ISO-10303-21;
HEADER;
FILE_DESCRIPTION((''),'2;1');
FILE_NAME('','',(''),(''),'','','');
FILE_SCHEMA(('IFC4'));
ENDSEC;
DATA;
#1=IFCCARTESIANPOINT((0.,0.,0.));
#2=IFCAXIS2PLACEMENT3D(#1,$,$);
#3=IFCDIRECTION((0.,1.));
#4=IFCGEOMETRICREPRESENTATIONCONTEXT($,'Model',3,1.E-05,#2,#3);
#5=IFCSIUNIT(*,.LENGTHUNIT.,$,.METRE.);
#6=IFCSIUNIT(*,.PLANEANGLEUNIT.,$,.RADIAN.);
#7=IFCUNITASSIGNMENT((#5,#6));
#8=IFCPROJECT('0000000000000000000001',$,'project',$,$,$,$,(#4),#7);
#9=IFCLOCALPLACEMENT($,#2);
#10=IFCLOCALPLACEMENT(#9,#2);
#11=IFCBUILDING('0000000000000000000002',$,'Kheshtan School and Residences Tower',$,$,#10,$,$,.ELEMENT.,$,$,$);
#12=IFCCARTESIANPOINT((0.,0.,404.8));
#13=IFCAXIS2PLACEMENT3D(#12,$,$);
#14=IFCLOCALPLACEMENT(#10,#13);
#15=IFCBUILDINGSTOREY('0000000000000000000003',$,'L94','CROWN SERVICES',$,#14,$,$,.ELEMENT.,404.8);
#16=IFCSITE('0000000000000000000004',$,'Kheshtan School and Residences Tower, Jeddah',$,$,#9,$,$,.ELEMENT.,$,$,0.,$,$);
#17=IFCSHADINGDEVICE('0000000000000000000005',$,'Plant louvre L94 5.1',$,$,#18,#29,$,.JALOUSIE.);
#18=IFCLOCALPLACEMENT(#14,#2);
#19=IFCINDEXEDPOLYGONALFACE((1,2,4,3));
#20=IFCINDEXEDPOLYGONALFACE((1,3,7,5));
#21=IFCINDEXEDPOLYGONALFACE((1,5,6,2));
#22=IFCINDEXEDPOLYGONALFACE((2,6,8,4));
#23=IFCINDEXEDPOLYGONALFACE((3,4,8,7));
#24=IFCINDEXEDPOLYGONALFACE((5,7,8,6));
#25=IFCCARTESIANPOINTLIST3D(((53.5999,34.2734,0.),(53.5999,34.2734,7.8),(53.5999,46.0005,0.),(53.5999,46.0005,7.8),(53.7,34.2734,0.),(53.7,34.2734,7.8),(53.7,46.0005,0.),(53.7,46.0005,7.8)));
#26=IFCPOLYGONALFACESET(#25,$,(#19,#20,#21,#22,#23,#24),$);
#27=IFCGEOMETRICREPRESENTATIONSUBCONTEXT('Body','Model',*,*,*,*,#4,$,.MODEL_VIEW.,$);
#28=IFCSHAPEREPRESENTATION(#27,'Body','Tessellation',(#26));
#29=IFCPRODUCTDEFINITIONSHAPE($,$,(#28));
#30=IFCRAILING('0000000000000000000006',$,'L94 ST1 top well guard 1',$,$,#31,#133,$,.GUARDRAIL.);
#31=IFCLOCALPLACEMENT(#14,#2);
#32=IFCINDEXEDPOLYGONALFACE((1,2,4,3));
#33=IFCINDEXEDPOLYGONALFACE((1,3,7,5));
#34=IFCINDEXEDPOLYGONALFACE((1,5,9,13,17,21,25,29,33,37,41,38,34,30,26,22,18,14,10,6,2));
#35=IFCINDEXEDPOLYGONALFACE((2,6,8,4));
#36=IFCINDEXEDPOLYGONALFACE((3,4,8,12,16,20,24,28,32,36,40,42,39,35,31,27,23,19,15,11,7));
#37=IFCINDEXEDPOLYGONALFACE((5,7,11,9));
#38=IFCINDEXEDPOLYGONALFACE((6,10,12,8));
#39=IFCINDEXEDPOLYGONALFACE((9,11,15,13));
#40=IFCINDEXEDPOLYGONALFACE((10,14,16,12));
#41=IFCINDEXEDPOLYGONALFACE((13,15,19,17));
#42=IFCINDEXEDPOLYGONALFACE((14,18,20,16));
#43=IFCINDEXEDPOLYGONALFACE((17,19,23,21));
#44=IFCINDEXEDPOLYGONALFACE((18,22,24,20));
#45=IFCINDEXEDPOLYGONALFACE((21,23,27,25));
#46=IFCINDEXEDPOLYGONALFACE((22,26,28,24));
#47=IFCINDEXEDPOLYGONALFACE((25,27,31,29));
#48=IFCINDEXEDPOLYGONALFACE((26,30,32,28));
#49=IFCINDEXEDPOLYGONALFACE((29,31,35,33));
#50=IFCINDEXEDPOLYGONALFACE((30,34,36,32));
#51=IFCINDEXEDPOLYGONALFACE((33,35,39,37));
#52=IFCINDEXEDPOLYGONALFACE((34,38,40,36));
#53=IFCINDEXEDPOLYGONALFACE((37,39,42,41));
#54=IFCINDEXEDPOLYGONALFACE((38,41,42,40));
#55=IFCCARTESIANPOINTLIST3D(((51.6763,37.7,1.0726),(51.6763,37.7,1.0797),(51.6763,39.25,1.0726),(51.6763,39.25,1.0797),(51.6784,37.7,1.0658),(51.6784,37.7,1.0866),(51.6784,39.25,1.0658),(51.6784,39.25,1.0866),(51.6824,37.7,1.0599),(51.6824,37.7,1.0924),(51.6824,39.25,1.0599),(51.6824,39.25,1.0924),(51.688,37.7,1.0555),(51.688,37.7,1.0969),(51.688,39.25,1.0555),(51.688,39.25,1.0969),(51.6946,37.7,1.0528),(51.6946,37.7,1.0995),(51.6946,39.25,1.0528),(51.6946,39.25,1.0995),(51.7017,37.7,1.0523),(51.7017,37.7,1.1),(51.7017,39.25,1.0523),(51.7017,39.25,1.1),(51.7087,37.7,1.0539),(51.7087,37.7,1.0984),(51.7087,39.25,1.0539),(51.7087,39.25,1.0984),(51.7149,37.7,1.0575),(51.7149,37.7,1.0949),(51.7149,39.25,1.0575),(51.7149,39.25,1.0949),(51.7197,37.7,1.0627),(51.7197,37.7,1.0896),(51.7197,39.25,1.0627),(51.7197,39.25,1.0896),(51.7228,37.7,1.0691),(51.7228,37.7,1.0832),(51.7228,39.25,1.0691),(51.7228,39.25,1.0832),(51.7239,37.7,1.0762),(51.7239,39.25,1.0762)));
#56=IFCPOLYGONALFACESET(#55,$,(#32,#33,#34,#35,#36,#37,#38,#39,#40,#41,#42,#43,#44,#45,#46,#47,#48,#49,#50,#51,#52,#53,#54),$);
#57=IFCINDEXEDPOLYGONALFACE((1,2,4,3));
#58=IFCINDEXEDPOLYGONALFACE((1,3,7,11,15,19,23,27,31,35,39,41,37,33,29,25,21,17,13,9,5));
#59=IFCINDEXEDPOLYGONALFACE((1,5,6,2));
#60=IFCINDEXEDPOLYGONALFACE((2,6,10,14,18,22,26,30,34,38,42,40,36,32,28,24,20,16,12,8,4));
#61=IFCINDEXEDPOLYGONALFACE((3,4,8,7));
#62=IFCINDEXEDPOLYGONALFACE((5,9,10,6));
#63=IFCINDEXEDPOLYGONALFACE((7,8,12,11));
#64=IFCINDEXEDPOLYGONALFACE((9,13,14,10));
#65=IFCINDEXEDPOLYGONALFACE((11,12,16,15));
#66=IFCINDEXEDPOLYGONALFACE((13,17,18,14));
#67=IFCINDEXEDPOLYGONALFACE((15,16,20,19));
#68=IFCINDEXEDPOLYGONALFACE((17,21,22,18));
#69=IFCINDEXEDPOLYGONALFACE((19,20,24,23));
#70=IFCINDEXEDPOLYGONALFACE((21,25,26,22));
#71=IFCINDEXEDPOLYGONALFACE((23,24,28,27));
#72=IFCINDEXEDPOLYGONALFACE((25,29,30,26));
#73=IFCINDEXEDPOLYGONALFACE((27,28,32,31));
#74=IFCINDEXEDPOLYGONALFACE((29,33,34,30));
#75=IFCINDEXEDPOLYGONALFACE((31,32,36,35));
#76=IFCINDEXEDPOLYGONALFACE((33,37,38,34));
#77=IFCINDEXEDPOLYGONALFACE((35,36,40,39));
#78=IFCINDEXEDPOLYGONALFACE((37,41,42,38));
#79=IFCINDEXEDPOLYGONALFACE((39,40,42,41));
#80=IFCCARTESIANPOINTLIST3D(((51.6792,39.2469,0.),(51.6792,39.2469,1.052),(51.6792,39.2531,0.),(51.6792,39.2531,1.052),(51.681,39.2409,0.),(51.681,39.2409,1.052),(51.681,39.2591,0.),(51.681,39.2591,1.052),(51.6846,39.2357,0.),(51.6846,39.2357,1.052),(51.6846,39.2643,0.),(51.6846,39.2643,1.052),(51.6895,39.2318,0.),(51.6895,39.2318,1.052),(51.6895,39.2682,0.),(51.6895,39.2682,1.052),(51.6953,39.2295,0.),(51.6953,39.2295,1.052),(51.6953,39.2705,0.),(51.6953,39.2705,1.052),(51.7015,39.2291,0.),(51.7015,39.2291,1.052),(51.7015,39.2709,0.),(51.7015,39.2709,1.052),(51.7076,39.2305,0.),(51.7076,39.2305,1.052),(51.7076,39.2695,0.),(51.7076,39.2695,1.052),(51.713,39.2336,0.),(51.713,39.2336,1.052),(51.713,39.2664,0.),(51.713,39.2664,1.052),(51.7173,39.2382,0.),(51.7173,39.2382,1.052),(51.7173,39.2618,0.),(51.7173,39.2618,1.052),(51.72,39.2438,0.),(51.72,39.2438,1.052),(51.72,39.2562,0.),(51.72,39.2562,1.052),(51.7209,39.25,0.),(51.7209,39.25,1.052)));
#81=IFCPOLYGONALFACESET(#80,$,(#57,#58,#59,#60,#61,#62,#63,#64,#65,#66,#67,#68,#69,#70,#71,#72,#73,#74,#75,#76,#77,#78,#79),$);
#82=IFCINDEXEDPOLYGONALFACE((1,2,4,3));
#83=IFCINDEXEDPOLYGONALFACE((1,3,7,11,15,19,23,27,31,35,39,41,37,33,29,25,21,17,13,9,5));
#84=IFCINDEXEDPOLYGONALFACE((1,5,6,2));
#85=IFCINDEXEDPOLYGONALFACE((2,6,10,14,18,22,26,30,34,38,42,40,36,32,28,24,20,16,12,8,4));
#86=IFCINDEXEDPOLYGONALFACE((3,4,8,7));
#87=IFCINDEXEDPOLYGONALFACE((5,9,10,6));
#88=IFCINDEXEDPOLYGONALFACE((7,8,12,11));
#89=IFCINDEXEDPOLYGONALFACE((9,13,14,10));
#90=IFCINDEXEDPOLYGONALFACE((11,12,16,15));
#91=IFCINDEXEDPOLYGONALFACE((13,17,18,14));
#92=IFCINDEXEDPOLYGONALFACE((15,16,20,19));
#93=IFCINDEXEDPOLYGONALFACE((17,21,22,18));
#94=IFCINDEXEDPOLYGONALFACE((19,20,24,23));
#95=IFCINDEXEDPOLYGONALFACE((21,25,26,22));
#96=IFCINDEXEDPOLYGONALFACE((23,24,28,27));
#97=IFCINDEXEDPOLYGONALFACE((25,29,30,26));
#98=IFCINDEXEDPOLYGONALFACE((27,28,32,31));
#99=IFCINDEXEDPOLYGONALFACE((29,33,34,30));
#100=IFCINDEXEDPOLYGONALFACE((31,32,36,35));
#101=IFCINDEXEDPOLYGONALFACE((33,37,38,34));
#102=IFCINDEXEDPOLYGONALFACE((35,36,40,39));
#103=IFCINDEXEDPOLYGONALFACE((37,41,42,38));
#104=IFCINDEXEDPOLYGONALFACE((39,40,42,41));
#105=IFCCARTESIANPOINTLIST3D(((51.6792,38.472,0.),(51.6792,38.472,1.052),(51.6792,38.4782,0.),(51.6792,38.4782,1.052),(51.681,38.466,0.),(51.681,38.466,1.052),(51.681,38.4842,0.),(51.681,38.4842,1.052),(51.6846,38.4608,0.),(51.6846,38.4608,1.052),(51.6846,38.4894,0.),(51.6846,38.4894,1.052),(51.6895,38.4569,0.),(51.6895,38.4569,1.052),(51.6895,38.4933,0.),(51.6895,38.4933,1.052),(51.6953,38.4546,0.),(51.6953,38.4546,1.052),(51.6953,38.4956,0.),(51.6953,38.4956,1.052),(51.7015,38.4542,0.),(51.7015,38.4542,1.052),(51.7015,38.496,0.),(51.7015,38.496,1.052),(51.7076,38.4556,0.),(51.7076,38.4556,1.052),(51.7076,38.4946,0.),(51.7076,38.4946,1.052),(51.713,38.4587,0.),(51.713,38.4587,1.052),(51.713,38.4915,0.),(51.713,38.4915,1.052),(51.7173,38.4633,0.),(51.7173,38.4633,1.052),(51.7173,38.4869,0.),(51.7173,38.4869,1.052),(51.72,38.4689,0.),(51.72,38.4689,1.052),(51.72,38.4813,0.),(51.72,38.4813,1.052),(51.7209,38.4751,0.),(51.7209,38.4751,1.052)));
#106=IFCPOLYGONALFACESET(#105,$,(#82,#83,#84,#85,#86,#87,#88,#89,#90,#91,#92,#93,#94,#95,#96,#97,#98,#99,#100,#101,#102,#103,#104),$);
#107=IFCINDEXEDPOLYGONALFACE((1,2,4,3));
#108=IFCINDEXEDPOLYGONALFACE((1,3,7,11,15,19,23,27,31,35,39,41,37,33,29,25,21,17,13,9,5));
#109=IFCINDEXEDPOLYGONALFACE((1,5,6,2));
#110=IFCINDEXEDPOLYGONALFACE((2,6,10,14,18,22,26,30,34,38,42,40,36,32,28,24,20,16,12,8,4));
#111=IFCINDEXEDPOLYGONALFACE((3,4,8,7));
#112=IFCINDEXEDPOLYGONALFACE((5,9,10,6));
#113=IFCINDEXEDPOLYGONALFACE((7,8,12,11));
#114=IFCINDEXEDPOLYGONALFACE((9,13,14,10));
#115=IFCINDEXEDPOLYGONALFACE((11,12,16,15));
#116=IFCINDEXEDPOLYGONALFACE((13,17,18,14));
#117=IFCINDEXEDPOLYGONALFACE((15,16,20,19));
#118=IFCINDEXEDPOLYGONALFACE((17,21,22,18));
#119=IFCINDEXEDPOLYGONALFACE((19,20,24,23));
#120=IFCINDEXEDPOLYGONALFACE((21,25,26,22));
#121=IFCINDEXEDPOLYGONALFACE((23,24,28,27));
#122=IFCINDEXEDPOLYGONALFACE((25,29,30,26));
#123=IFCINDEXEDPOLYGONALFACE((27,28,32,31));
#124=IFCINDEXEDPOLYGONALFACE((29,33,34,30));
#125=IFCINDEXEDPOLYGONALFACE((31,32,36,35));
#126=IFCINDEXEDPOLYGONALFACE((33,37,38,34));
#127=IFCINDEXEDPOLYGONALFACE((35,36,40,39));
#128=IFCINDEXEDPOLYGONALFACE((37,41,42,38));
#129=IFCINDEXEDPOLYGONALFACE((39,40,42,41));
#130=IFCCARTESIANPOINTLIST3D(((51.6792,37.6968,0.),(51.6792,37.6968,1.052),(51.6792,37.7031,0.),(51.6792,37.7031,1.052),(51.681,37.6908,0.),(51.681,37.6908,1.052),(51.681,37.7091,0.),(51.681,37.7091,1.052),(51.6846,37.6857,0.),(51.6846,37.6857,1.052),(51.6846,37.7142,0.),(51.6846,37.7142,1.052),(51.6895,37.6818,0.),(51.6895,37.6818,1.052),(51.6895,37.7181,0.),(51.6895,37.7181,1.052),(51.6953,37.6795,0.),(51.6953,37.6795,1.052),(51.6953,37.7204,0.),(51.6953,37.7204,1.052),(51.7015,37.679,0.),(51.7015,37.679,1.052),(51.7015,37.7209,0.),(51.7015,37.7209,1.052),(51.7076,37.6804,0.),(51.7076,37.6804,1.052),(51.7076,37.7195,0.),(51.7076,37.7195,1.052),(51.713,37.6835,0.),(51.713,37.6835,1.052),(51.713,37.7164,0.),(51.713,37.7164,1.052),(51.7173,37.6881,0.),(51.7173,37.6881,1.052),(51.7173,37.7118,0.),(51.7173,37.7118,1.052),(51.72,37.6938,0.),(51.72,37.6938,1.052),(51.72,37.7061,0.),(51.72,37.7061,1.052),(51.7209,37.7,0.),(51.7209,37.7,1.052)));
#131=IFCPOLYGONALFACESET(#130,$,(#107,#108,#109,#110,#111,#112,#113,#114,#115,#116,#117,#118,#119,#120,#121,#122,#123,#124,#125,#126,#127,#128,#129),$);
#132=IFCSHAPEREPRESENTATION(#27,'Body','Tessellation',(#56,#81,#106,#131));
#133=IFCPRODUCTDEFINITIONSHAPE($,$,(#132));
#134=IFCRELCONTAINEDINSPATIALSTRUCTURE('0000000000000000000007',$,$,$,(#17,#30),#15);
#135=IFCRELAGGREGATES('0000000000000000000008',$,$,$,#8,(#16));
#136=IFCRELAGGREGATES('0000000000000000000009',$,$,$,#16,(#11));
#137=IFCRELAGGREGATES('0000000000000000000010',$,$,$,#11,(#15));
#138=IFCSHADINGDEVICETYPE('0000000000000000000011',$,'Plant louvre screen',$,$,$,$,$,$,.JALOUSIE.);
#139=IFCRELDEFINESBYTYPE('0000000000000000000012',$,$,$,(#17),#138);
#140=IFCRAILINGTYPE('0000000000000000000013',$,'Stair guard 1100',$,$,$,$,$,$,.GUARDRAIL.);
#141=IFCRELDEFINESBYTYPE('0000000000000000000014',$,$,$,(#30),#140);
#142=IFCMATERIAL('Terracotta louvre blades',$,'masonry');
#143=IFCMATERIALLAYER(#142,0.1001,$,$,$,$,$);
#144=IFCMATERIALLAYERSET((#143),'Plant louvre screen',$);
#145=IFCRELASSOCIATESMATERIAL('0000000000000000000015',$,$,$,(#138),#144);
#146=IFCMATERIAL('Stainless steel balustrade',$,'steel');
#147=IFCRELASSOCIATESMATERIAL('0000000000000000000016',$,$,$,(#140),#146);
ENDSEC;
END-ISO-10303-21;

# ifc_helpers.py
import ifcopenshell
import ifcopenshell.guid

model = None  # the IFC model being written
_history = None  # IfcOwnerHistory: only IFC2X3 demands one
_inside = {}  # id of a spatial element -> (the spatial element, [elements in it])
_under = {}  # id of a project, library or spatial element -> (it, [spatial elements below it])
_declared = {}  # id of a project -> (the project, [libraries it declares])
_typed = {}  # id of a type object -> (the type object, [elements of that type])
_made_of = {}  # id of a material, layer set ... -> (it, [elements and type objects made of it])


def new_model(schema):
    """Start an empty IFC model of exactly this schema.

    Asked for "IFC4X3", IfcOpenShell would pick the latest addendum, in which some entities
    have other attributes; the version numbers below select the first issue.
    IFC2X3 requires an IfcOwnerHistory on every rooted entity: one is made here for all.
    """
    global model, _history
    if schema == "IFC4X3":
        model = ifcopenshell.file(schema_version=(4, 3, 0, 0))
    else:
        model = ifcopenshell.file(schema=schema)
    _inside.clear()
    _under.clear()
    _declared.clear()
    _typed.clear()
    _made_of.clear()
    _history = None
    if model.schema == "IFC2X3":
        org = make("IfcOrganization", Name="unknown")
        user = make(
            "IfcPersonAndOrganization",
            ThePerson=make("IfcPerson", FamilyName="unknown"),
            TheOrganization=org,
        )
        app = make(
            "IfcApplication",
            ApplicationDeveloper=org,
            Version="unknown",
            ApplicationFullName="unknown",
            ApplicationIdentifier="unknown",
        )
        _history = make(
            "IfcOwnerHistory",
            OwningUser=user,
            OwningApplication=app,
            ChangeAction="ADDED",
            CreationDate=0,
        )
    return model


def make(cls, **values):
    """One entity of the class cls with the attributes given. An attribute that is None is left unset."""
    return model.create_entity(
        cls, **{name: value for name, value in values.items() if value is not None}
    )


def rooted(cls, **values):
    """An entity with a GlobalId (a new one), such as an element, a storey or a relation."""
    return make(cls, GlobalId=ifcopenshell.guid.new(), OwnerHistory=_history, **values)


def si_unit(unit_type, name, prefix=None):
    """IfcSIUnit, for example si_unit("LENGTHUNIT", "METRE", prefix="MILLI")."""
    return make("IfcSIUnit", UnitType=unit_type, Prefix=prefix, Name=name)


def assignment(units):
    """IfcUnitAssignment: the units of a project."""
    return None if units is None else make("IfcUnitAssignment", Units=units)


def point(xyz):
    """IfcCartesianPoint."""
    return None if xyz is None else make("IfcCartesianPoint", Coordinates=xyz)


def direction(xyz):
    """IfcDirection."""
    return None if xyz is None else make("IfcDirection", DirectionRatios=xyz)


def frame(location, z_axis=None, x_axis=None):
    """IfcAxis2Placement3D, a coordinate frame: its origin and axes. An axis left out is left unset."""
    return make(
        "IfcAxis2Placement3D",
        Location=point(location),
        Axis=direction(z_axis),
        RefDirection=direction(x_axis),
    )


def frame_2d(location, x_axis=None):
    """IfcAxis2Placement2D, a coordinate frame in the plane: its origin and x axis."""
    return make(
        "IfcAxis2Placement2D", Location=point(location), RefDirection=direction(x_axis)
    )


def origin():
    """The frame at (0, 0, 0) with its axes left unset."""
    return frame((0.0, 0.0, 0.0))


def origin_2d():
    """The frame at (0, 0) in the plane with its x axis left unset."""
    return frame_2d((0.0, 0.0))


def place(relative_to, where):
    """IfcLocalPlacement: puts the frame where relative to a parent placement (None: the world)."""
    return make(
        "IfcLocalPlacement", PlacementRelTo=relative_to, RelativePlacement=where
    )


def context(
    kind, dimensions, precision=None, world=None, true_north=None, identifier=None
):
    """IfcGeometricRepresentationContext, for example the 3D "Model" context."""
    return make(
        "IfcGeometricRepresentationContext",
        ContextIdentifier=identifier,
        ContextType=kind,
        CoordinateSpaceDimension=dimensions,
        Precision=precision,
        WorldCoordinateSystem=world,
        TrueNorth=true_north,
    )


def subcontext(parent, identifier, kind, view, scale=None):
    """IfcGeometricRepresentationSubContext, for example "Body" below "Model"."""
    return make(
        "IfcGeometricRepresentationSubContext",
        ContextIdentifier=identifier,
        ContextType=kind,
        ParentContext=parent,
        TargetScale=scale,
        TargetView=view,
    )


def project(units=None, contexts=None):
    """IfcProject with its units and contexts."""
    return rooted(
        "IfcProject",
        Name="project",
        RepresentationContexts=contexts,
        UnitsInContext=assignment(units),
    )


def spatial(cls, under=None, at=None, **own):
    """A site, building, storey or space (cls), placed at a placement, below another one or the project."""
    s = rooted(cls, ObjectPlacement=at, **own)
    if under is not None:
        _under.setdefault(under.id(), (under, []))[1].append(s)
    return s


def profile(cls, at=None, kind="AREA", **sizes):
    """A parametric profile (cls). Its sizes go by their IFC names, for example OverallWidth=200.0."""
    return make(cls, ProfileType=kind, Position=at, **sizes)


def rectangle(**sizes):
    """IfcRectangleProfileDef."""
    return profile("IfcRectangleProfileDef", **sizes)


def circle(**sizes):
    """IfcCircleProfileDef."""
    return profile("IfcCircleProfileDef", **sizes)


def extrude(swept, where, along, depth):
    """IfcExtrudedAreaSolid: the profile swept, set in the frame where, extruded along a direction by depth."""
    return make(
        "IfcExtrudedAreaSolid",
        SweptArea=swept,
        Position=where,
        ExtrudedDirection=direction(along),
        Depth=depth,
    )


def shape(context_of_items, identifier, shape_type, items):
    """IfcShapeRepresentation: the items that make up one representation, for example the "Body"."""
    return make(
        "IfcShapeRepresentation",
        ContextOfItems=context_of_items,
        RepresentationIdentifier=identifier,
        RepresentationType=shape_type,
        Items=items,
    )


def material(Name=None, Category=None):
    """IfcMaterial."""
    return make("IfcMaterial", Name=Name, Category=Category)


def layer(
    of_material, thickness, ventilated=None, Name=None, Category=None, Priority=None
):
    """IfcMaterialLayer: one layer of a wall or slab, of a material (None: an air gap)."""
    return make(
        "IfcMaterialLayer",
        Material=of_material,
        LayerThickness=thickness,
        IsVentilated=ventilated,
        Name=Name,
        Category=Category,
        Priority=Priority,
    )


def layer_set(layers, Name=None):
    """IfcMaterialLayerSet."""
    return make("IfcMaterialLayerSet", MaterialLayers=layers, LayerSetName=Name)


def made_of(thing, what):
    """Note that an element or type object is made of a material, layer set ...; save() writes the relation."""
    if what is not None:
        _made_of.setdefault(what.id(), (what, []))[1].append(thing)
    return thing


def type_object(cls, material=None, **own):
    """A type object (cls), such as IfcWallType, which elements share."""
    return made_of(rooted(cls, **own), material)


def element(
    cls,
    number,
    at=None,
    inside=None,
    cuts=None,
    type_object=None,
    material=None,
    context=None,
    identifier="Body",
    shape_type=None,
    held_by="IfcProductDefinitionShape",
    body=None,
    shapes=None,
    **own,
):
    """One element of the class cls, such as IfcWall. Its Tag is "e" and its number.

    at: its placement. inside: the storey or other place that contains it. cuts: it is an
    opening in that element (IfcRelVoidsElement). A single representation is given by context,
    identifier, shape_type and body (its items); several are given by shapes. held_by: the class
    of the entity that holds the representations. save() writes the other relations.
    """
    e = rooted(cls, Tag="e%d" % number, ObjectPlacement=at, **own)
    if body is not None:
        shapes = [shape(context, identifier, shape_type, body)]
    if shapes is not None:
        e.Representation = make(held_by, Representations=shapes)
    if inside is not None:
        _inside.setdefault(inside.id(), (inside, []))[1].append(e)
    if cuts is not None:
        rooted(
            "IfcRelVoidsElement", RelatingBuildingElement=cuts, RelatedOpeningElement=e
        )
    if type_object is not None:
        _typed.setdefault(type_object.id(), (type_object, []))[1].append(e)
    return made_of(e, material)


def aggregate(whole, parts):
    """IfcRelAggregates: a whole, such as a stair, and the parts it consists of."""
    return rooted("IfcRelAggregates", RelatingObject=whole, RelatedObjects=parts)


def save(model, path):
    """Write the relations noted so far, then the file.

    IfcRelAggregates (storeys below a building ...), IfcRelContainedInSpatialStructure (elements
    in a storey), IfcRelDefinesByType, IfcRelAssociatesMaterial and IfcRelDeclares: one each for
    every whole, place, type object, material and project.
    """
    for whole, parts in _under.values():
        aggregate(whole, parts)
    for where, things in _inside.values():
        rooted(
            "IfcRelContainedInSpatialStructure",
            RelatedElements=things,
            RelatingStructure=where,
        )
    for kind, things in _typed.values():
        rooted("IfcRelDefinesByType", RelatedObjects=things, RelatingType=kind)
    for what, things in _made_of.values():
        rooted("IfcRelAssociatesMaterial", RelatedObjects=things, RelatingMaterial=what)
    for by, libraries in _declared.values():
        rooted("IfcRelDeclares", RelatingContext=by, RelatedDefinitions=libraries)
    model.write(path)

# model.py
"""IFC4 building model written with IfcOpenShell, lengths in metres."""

from ifc_helpers import new_model, si_unit, direction, frame, origin, origin_2d, place, context, subcontext, project, spatial, rectangle, circle, extrude, material, layer, layer_set, type_object, element, save


model = new_model("IFC4")

# Units and contexts
model_context = context("Model", 3, precision=1e-05, world=origin(), true_north=direction((0.0, 1.0)))
body_context = subcontext(model_context, "Body", "Model", "MODEL_VIEW")
ifc_project = project(units=[si_unit("LENGTHUNIT", "METRE"), si_unit("PLANEANGLEUNIT", "RADIAN")], contexts=[model_context])

# Site, building, storey
site_placement = place(None, origin())
site = spatial("IfcSite", under=ifc_project, at=site_placement, Name="Kheshtan School and Residences Tower, Jeddah", CompositionType="ELEMENT", RefElevation=0.0)
building_placement = place(site_placement, origin())
building = spatial("IfcBuilding", under=site, at=building_placement, Name="Kheshtan School and Residences Tower", CompositionType="ELEMENT")
storey_placement = place(building_placement, frame((0.0, 0.0, 404.8)))
storey = spatial("IfcBuildingStorey", under=building, at=storey_placement, Name="L94", Description="CROWN SERVICES", CompositionType="ELEMENT", Elevation=404.8)

# Shading device
ifc_material_1 = material(Name="Terracotta louvre blades", Category="masonry")
ifc_layer_1 = layer(ifc_material_1, 0.1001)
ifc_layer_set_1 = layer_set([ifc_layer_1], Name="Plant louvre screen")
shading_device_type_1 = type_object("IfcShadingDeviceType", Name="Plant louvre screen", PredefinedType="JALOUSIE", material=ifc_layer_set_1)
shading_device_1_placement = place(storey_placement, frame((53.6499, 40.137, 0.0), z_axis=(0.0, 0.0, 1.0), x_axis=(0.0, -1.0, 0.0)))
element("IfcShadingDevice", 1, at=shading_device_1_placement, inside=storey, type_object=shading_device_type_1, Name="Plant louvre L94 5.1", PredefinedType="JALOUSIE", context=body_context, shape_type="SweptSolid", body=[
    extrude(rectangle(XDim=11.7271, YDim=0.1001, at=origin_2d()), origin(), (0.0, 0.0, 1.0), 7.8),
])

# Railing
ifc_material_2 = material(Name="Stainless steel balustrade", Category="steel")
railing_type = type_object("IfcRailingType", Name="Stair guard 1100", PredefinedType="GUARDRAIL", material=ifc_material_2)
railing_placement = place(storey_placement, frame((51.7, 39.25, 0.0)))
element("IfcRailing", 2, at=railing_placement, inside=storey, type_object=railing_type, Name="L94 ST1 top well guard 1", PredefinedType="GUARDRAIL", context=body_context, shape_type="SweptSolid", body=[
    extrude(circle(Radius=0.0239, at=origin_2d()), frame((0.0, 0.0, 1.0762), z_axis=(0.0, -1.0, 0.0), x_axis=(1.0, 0.0, 0.0)), (0.0, 0.0, 1.0), 1.55),
    extrude(circle(Radius=0.021, at=origin_2d()), origin(), (0.0, 0.0, 1.0), 1.052),
    extrude(circle(Radius=0.021, at=origin_2d()), frame((0.0, -0.7749, 0.0)), (0.0, 0.0, 1.0), 1.052),
    extrude(circle(Radius=0.021, at=origin_2d()), frame((0.0, -1.55, 0.0)), (0.0, 0.0, 1.0), 1.052),
])

save(model, "model.ifc")
